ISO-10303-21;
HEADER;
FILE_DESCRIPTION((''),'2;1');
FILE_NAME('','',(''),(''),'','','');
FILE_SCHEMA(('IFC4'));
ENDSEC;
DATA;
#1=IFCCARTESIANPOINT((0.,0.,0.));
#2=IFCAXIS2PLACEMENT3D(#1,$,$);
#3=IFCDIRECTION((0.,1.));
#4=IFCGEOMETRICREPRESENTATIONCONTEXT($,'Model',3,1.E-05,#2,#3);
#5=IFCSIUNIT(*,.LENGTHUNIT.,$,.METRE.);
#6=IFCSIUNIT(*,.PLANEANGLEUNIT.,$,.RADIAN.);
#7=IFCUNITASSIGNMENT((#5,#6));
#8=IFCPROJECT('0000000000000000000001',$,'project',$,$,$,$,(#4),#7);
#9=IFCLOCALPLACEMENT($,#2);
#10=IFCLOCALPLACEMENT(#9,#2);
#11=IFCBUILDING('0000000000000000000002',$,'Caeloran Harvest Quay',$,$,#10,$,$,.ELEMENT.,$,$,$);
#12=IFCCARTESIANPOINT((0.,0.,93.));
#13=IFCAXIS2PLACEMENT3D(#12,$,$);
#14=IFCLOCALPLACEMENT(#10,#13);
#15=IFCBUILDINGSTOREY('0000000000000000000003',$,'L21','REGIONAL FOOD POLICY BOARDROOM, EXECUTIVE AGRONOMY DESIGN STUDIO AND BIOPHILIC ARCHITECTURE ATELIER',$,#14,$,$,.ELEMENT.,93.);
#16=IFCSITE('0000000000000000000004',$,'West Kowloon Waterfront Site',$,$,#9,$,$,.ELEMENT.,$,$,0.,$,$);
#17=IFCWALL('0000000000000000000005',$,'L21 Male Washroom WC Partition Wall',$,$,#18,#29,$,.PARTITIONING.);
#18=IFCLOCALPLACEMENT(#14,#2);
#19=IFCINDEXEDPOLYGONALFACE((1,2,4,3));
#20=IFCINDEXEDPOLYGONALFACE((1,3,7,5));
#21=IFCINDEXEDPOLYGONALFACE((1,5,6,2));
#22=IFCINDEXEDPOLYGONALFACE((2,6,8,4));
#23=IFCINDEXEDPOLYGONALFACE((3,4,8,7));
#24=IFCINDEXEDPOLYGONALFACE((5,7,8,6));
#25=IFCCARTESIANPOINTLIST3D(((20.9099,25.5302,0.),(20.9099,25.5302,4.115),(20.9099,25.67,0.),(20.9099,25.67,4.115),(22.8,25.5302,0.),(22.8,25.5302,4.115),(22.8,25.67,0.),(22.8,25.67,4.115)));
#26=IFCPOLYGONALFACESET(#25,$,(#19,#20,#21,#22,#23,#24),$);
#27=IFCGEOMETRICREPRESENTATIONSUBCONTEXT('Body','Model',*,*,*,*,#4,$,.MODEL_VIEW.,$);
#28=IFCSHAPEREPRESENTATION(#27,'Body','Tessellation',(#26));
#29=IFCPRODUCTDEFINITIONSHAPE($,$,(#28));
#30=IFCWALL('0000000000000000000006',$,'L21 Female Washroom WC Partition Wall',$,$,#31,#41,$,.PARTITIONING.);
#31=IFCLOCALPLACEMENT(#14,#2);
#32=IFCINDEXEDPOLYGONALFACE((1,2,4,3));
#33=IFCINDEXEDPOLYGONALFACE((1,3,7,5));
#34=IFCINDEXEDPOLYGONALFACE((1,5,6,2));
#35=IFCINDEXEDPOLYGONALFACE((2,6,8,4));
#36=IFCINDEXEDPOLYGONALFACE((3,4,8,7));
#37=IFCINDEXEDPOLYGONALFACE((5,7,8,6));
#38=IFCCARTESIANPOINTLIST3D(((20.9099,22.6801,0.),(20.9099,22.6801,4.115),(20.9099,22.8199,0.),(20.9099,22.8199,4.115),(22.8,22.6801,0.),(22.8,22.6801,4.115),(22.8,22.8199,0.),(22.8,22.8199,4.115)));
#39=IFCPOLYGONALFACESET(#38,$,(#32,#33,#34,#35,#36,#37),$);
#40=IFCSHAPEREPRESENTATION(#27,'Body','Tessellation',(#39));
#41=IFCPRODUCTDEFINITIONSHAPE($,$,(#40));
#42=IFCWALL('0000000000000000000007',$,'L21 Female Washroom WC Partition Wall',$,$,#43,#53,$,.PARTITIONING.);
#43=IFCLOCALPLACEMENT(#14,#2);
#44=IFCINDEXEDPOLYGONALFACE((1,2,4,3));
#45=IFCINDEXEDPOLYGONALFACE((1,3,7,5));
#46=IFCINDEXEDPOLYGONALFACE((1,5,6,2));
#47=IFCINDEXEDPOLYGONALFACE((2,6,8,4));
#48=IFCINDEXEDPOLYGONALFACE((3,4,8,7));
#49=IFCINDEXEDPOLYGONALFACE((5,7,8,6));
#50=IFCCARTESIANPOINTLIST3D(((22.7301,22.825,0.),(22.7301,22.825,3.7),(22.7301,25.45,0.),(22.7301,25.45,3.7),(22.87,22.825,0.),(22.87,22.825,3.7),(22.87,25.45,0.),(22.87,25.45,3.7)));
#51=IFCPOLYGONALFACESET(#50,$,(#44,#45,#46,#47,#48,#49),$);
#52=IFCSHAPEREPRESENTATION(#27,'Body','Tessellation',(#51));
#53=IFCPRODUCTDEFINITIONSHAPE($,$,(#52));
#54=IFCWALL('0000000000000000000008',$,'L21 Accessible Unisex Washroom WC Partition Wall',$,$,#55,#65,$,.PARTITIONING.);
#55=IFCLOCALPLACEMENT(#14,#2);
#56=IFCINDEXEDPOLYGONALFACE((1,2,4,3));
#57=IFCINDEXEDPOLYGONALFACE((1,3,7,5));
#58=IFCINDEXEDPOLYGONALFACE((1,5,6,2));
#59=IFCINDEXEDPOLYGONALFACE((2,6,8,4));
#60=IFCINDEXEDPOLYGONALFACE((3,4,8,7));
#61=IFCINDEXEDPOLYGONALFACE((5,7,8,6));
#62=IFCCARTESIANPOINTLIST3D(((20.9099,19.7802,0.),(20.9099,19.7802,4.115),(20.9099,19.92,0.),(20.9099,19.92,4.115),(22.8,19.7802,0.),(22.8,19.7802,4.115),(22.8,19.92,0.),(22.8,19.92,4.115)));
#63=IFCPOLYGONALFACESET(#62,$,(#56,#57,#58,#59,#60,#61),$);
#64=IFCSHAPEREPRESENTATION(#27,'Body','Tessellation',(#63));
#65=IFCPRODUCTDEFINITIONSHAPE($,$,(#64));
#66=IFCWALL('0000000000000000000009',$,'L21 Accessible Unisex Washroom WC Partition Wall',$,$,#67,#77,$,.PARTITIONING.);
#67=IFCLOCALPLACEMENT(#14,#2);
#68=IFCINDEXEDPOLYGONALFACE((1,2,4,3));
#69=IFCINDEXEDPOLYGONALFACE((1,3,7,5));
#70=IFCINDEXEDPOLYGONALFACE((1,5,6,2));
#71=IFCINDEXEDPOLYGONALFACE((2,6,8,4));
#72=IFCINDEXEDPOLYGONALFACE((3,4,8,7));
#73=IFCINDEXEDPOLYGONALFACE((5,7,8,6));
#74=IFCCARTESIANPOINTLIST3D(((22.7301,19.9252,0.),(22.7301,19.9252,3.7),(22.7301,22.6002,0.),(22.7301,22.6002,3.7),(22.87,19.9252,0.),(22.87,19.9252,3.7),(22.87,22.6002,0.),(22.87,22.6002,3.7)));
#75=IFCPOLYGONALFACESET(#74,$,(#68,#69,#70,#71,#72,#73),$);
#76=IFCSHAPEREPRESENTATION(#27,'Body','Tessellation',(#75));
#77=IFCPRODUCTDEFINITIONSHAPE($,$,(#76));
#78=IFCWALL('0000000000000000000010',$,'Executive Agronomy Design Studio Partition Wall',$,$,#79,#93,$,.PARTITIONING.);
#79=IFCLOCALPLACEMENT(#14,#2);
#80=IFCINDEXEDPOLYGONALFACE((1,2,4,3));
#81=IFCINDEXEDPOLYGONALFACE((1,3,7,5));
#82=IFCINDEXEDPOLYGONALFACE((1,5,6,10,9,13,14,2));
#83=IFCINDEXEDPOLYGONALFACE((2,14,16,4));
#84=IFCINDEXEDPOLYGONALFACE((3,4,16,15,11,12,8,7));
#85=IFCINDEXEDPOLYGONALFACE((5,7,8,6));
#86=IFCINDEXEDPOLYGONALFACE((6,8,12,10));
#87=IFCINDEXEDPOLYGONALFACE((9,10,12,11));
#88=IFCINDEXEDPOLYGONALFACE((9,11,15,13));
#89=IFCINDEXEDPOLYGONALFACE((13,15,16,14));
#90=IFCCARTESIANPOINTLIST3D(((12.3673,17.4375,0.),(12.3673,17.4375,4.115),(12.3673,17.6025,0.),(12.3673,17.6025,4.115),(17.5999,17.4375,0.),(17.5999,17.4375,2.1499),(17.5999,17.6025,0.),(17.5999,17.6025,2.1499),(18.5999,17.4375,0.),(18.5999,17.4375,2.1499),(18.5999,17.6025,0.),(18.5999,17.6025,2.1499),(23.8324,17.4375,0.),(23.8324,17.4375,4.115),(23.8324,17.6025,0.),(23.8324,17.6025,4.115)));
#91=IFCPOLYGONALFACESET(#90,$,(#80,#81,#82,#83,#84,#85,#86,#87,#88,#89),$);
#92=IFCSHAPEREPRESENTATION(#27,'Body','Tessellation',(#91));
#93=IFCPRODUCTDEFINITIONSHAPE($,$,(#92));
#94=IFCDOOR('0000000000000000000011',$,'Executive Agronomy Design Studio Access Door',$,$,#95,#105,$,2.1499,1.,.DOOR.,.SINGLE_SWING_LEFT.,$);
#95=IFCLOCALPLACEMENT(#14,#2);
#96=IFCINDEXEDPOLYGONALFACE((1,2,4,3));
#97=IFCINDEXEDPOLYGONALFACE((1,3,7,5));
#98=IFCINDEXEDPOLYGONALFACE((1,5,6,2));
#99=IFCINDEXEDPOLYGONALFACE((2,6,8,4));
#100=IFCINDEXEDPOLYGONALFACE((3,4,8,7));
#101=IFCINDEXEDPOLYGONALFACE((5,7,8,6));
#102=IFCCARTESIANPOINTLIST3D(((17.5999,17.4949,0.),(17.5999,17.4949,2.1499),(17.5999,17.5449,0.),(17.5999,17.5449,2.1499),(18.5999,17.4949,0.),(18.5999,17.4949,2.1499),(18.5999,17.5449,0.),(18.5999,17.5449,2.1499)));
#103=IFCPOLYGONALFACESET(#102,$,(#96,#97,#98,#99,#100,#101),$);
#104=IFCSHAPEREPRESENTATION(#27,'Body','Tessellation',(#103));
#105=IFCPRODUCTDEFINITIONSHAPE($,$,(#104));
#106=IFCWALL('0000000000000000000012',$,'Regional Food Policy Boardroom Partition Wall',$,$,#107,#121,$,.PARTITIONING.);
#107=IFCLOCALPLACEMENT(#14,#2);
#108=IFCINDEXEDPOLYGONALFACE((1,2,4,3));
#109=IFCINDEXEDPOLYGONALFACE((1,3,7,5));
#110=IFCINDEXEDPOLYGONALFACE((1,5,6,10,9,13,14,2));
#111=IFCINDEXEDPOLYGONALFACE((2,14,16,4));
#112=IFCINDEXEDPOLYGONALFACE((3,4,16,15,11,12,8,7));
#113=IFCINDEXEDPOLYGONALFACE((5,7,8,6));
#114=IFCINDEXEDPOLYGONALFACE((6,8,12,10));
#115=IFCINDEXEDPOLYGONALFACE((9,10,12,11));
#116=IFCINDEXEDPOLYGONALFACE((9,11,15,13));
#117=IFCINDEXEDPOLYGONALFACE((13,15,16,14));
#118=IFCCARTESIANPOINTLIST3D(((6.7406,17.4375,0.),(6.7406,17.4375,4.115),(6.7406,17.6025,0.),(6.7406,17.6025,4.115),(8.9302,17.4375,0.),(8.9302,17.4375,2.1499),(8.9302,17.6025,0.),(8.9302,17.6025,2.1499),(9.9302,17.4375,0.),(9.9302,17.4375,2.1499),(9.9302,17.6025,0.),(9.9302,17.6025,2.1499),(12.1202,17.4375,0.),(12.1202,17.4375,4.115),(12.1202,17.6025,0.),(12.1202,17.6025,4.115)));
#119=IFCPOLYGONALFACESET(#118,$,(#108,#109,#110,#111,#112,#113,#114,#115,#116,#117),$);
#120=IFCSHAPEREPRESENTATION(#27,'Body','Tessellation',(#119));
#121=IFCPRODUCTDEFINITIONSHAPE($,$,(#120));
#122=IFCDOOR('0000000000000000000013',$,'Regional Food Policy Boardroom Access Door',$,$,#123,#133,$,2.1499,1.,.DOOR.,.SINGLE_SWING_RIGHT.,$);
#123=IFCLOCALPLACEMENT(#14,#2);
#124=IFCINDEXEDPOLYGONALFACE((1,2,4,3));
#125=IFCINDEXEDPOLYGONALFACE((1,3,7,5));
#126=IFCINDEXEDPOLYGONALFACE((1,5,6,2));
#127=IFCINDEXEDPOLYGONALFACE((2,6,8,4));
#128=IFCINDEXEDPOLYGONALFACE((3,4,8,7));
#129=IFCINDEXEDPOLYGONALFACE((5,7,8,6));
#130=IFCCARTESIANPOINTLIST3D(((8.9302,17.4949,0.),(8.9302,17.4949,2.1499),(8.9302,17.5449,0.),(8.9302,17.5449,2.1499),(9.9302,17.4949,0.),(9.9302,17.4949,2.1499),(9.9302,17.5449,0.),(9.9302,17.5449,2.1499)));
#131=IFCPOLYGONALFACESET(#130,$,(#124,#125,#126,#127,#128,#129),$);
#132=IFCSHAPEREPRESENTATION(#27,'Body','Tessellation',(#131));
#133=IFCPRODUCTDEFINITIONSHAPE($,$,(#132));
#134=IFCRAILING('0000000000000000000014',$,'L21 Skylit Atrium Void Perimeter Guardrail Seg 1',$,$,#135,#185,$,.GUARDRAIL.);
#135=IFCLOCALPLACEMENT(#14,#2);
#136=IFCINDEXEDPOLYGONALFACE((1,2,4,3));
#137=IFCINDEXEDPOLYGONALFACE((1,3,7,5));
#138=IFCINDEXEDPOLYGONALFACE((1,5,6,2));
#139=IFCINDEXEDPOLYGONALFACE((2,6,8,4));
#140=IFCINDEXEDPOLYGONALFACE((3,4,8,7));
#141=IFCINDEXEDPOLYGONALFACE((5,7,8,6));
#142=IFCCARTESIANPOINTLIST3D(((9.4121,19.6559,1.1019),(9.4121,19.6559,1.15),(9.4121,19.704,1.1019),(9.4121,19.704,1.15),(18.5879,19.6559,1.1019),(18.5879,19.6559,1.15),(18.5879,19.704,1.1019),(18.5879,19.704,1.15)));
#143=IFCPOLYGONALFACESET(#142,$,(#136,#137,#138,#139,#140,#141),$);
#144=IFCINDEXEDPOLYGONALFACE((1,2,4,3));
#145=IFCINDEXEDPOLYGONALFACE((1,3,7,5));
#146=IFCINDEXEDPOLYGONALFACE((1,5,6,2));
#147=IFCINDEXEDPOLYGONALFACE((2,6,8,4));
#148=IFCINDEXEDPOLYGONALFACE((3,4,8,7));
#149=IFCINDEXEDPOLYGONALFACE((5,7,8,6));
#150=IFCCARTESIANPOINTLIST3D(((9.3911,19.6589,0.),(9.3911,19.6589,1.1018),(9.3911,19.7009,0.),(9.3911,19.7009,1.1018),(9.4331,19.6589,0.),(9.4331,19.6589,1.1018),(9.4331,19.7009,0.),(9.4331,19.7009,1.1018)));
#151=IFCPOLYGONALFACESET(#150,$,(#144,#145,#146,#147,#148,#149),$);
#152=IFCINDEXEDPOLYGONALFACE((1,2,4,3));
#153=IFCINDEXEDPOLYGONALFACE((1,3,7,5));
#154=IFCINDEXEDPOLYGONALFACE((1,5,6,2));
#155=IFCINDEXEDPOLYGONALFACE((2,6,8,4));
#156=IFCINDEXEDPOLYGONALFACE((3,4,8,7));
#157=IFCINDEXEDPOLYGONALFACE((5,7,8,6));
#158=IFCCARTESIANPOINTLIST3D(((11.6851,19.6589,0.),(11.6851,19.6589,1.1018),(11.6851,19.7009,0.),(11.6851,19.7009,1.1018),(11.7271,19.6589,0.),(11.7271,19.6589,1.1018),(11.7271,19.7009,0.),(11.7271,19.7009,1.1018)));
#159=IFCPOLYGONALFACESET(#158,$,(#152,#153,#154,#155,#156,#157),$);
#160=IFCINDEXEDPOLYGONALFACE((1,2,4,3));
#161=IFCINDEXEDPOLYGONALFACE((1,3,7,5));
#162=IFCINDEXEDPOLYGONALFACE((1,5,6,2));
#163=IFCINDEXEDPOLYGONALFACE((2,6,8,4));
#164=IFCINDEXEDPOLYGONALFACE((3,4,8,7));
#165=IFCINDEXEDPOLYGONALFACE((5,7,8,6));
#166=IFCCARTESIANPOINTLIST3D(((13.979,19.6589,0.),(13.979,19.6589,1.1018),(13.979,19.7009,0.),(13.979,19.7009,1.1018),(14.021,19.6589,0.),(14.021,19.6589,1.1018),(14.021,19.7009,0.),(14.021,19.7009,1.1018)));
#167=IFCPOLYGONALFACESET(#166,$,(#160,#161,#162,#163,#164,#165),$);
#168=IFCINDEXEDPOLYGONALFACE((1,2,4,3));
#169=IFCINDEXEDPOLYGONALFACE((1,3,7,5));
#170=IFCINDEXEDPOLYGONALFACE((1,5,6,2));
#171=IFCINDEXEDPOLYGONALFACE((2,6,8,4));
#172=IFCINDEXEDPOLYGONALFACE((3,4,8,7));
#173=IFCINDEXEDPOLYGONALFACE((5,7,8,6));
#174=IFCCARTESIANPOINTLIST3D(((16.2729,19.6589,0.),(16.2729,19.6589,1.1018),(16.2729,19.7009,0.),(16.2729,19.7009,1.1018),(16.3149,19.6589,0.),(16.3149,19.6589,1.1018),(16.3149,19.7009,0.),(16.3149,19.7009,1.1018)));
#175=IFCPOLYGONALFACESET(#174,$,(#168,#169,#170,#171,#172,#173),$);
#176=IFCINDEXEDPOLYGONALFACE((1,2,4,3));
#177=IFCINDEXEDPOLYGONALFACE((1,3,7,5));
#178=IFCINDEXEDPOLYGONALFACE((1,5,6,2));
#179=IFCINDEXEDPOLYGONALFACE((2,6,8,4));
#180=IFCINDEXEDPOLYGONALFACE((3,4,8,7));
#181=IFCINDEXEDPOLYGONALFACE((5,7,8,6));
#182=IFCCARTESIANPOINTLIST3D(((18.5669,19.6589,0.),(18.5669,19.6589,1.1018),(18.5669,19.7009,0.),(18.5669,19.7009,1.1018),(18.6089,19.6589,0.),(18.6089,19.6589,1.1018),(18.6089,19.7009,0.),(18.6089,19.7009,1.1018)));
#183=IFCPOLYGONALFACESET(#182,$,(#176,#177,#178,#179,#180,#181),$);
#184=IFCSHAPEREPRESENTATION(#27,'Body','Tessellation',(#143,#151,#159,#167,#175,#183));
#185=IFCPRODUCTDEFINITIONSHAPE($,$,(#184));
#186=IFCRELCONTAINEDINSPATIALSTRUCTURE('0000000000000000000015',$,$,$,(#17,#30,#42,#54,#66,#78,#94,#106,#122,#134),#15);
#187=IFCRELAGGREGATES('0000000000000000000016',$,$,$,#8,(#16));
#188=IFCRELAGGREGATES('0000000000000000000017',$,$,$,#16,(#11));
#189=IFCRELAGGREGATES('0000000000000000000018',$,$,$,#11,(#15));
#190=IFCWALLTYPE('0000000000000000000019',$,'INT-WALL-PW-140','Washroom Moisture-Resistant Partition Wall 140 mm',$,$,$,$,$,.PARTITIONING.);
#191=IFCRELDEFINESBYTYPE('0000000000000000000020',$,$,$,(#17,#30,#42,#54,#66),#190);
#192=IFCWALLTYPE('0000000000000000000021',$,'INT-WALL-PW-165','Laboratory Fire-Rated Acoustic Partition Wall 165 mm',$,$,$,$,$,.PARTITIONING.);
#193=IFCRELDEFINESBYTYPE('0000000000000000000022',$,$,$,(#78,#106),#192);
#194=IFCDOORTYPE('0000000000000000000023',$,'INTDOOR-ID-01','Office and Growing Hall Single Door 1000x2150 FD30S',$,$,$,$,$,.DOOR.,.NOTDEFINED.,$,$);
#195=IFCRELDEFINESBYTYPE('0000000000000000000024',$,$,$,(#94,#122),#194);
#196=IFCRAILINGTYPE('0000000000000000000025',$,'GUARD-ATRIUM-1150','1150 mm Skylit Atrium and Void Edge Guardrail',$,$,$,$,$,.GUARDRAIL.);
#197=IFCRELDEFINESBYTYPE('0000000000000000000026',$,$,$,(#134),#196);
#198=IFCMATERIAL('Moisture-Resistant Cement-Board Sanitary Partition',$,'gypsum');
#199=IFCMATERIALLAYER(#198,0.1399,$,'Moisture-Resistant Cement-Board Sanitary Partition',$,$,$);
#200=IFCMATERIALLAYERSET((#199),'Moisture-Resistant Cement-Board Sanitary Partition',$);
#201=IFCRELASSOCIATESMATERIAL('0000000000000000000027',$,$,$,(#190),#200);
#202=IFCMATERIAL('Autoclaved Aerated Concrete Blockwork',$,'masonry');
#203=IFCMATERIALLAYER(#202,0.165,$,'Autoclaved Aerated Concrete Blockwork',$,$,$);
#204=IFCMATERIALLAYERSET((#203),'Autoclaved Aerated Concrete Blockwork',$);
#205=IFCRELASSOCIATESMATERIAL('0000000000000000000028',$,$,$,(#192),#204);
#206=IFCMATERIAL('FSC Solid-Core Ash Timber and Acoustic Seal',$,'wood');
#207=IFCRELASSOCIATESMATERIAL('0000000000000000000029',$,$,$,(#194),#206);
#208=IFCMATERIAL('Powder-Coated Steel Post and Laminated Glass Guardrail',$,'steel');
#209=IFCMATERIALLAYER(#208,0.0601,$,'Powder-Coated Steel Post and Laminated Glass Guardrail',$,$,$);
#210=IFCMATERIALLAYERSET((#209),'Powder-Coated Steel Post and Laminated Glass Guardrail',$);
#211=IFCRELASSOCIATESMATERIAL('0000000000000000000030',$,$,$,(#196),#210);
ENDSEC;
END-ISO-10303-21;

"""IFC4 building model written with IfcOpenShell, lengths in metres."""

from ifc_helpers import new_model, si_unit, direction, frame, frame_2d, origin, origin_2d, place, context, subcontext, project, spatial, rectangle, extrude, material, layer, layer_set, type_object, element, fill, save


model = new_model("IFC4")

# Units and contexts
model_context = context("Model", 3, precision=1e-05, world=origin(), true_north=direction((0.0, 1.0)))
body_context = subcontext(model_context, "Body", "Model", "MODEL_VIEW")
ifc_project = project(units=[si_unit("LENGTHUNIT", "METRE"), si_unit("PLANEANGLEUNIT", "RADIAN")], contexts=[model_context])

# Site, building, storey
site_placement = place(None, origin())
site = spatial("IfcSite", under=ifc_project, at=site_placement, Name="West Kowloon Waterfront Site", CompositionType="ELEMENT", RefElevation=0.0)
building_placement = place(site_placement, origin())
building = spatial("IfcBuilding", under=site, at=building_placement, Name="Caeloran Harvest Quay", CompositionType="ELEMENT")
storey_placement = place(building_placement, frame((0.0, 0.0, 93.0)))
storey = spatial("IfcBuildingStorey", under=building, at=storey_placement, Name="L21", Description="REGIONAL FOOD POLICY BOARDROOM, EXECUTIVE AGRONOMY DESIGN STUDIO AND BIOPHILIC ARCHITECTURE ATELIER", CompositionType="ELEMENT", Elevation=93.0)

# Wall
ifc_material_1 = material(Name="Moisture-Resistant Cement-Board Sanitary Partition", Category="gypsum")
ifc_layer_1 = layer(ifc_material_1, 0.1399, Name="Moisture-Resistant Cement-Board Sanitary Partition")
ifc_layer_set_1 = layer_set([ifc_layer_1], Name="Moisture-Resistant Cement-Board Sanitary Partition")
wall_type_1 = type_object("IfcWallType", Name="INT-WALL-PW-140", Description="Washroom Moisture-Resistant Partition Wall 140 mm", PredefinedType="PARTITIONING", material=ifc_layer_set_1)
wall_1_placement = place(storey_placement, frame((22.8, 25.6001, 0.0), z_axis=(0.0, 0.0, 1.0), x_axis=(-1.0, 0.0, 0.0)))
element("IfcWall", 1, at=wall_1_placement, inside=storey, type_object=wall_type_1, Name="L21 Male Washroom WC Partition Wall", PredefinedType="PARTITIONING", context=body_context, shape_type="SweptSolid", body=[
    extrude(rectangle(XDim=1.8901, YDim=0.1399, at=frame_2d((0.9451, 0.0))), origin(), (0.0, 0.0, 1.0), 4.115),
])

# Wall
wall_2_placement = place(storey_placement, frame((22.8, 22.75, 0.0), z_axis=(0.0, 0.0, 1.0), x_axis=(-1.0, 0.0, 0.0)))
element("IfcWall", 2, at=wall_2_placement, inside=storey, type_object=wall_type_1, Name="L21 Female Washroom WC Partition Wall", PredefinedType="PARTITIONING", context=body_context, shape_type="SweptSolid", body=[
    extrude(rectangle(XDim=1.8901, YDim=0.1399, at=frame_2d((0.9451, 0.0))), origin(), (0.0, 0.0, 1.0), 4.115),
])

# Walls
wall_3_placement = place(storey_placement, frame((22.8, 25.45, 0.0), z_axis=(0.0, 0.0, 1.0), x_axis=(0.0, -1.0, 0.0)))
element("IfcWall", 3, at=wall_3_placement, inside=storey, type_object=wall_type_1, Name="L21 Female Washroom WC Partition Wall", PredefinedType="PARTITIONING", context=body_context, shape_type="SweptSolid", body=[
    extrude(rectangle(XDim=2.625, YDim=0.1399, at=frame_2d((1.3125, 0.0))), origin(), (0.0, 0.0, 1.0), 3.7),
])
wall_4_placement = place(storey_placement, frame((22.8, 19.8501, 0.0), z_axis=(0.0, 0.0, 1.0), x_axis=(-1.0, 0.0, 0.0)))
element("IfcWall", 4, at=wall_4_placement, inside=storey, type_object=wall_type_1, Name="L21 Accessible Unisex Washroom WC Partition Wall", PredefinedType="PARTITIONING", context=body_context, shape_type="SweptSolid", body=[
    extrude(rectangle(XDim=1.8901, YDim=0.1399, at=frame_2d((0.9451, 0.0))), origin(), (0.0, 0.0, 1.0), 4.115),
])

# Wall
wall_5_placement = place(storey_placement, frame((22.8, 22.6001, 0.0), z_axis=(0.0, 0.0, 1.0), x_axis=(0.0, -1.0, 0.0)))
element("IfcWall", 5, at=wall_5_placement, inside=storey, type_object=wall_type_1, Name="L21 Accessible Unisex Washroom WC Partition Wall", PredefinedType="PARTITIONING", context=body_context, shape_type="SweptSolid", body=[
    extrude(rectangle(XDim=2.675, YDim=0.1399, at=frame_2d((1.3374, 0.0))), origin(), (0.0, 0.0, 1.0), 3.7),
])

# Walls, openings, doors
ifc_material_2 = material(Name="Autoclaved Aerated Concrete Blockwork", Category="masonry")
ifc_layer_2 = layer(ifc_material_2, 0.165, Name="Autoclaved Aerated Concrete Blockwork")
ifc_layer_set_2 = layer_set([ifc_layer_2], Name="Autoclaved Aerated Concrete Blockwork")
wall_type_2 = type_object("IfcWallType", Name="INT-WALL-PW-165", Description="Laboratory Fire-Rated Acoustic Partition Wall 165 mm", PredefinedType="PARTITIONING", material=ifc_layer_set_2)
wall_6_placement = place(storey_placement, frame((12.3674, 17.52, 0.0), z_axis=(0.0, 0.0, 1.0), x_axis=(1.0, 0.0, 0.0)))
wall_6 = element("IfcWall", 6, at=wall_6_placement, inside=storey, type_object=wall_type_2, Name="Executive Agronomy Design Studio Partition Wall", PredefinedType="PARTITIONING", context=body_context, shape_type="SweptSolid", body=[
    extrude(rectangle(XDim=11.4651, YDim=0.165, at=frame_2d((5.7324, 0.0))), origin(), (0.0, 0.0, 1.0), 4.115),
])
opening_1_placement = place(wall_6_placement, frame((5.2324, 0.0, 0.0)))
opening_1 = element("IfcOpeningElement", 7, at=opening_1_placement, cuts=wall_6, PredefinedType="OPENING", context=body_context, shape_type="SweptSolid", body=[
    extrude(rectangle(XDim=1.0, YDim=2.1499, at=frame_2d((0.5, 1.075))), frame((0.0, 0.0925, 0.0), z_axis=(0.0, -1.0, 0.0), x_axis=(1.0, 0.0, 0.0)), (0.0, 0.0, 1.0), 0.1851),
])
ifc_material_3 = material(Name="FSC Solid-Core Ash Timber and Acoustic Seal", Category="wood")
door_type_1 = type_object("IfcDoorType", Name="INTDOOR-ID-01", Description="Office and Growing Hall Single Door 1000x2150 FD30S", OperationType="NOTDEFINED", PredefinedType="DOOR", material=ifc_material_3)
door_1_placement = place(opening_1_placement, origin())
door_1 = element("IfcDoor", 8, at=door_1_placement, inside=storey, type_object=door_type_1, Name="Executive Agronomy Design Studio Access Door", OperationType="SINGLE_SWING_LEFT", OverallHeight=2.1499, OverallWidth=1.0, PredefinedType="DOOR", context=body_context, shape_type="SweptSolid", body=[
    extrude(rectangle(XDim=1.0, YDim=2.1499, at=frame_2d((0.5, 1.075))), frame((0.0, 0.0249, 0.0), z_axis=(0.0, -1.0, 0.0), x_axis=(1.0, 0.0, 0.0)), (0.0, 0.0, 1.0), 0.05),
])
fill(opening_1, door_1)
wall_7_placement = place(storey_placement, frame((6.7405, 17.52, 0.0), z_axis=(0.0, 0.0, 1.0), x_axis=(1.0, 0.0, 0.0)))
wall_7 = element("IfcWall", 9, at=wall_7_placement, inside=storey, type_object=wall_type_2, Name="Regional Food Policy Boardroom Partition Wall", PredefinedType="PARTITIONING", context=body_context, shape_type="SweptSolid", body=[
    extrude(rectangle(XDim=5.3796, YDim=0.165, at=frame_2d((2.6899, 0.0))), origin(), (0.0, 0.0, 1.0), 4.115),
])
opening_2_placement = place(wall_7_placement, frame((2.1897, 0.0, 0.0)))
opening_2 = element("IfcOpeningElement", 10, at=opening_2_placement, cuts=wall_7, PredefinedType="OPENING", context=body_context, shape_type="SweptSolid", body=[
    extrude(rectangle(XDim=1.0, YDim=2.1499, at=frame_2d((0.5, 1.075))), frame((0.0, 0.0925, 0.0), z_axis=(0.0, -1.0, 0.0), x_axis=(1.0, 0.0, 0.0)), (0.0, 0.0, 1.0), 0.1851),
])
door_2_placement = place(opening_2_placement, origin())
door_2 = element("IfcDoor", 11, at=door_2_placement, inside=storey, type_object=door_type_1, Name="Regional Food Policy Boardroom Access Door", OperationType="SINGLE_SWING_RIGHT", OverallHeight=2.1499, OverallWidth=1.0, PredefinedType="DOOR", context=body_context, shape_type="SweptSolid", body=[
    extrude(rectangle(XDim=1.0, YDim=2.1499, at=frame_2d((0.5, 1.075))), frame((0.0, 0.0249, 0.0), z_axis=(0.0, -1.0, 0.0), x_axis=(1.0, 0.0, 0.0)), (0.0, 0.0, 1.0), 0.05),
])
fill(opening_2, door_2)

# Railing
ifc_material_4 = material(Name="Powder-Coated Steel Post and Laminated Glass Guardrail", Category="steel")
ifc_layer_3 = layer(ifc_material_4, 0.0601, Name="Powder-Coated Steel Post and Laminated Glass Guardrail")
ifc_layer_set_3 = layer_set([ifc_layer_3], Name="Powder-Coated Steel Post and Laminated Glass Guardrail")
railing_type = type_object("IfcRailingType", Name="GUARD-ATRIUM-1150", Description="1150 mm Skylit Atrium and Void Edge Guardrail", PredefinedType="GUARDRAIL", material=ifc_layer_set_3)
railing_1_placement = place(storey_placement, frame((9.4121, 19.6799, 0.0)))
element("IfcRailing", 12, at=railing_1_placement, inside=storey, type_object=railing_type, Name="L21 Skylit Atrium Void Perimeter Guardrail Seg 1", PredefinedType="GUARDRAIL", context=body_context, shape_type="SweptSolid", body=[
    extrude(rectangle(XDim=0.0481, YDim=0.0481, at=origin_2d()), frame((0.0, 0.0, 1.126), z_axis=(1.0, 0.0, 0.0), x_axis=(0.0, 1.0, 0.0)), (0.0, 0.0, 1.0), 9.1758),
    extrude(rectangle(XDim=0.042, YDim=0.042, at=origin_2d()), origin(), (0.0, 0.0, 1.0), 1.1018),
    extrude(rectangle(XDim=0.042, YDim=0.042, at=origin_2d()), frame((2.2939, 0.0, 0.0)), (0.0, 0.0, 1.0), 1.1018),
    extrude(rectangle(XDim=0.042, YDim=0.042, at=origin_2d()), frame((4.5879, 0.0, 0.0)), (0.0, 0.0, 1.0), 1.1018),
    extrude(rectangle(XDim=0.042, YDim=0.042, at=origin_2d()), frame((6.8818, 0.0, 0.0)), (0.0, 0.0, 1.0), 1.1018),
    extrude(rectangle(XDim=0.042, YDim=0.042, at=origin_2d()), frame((9.1758, 0.0, 0.0)), (0.0, 0.0, 1.0), 1.1018),
])

save(model, "model.ifc")
